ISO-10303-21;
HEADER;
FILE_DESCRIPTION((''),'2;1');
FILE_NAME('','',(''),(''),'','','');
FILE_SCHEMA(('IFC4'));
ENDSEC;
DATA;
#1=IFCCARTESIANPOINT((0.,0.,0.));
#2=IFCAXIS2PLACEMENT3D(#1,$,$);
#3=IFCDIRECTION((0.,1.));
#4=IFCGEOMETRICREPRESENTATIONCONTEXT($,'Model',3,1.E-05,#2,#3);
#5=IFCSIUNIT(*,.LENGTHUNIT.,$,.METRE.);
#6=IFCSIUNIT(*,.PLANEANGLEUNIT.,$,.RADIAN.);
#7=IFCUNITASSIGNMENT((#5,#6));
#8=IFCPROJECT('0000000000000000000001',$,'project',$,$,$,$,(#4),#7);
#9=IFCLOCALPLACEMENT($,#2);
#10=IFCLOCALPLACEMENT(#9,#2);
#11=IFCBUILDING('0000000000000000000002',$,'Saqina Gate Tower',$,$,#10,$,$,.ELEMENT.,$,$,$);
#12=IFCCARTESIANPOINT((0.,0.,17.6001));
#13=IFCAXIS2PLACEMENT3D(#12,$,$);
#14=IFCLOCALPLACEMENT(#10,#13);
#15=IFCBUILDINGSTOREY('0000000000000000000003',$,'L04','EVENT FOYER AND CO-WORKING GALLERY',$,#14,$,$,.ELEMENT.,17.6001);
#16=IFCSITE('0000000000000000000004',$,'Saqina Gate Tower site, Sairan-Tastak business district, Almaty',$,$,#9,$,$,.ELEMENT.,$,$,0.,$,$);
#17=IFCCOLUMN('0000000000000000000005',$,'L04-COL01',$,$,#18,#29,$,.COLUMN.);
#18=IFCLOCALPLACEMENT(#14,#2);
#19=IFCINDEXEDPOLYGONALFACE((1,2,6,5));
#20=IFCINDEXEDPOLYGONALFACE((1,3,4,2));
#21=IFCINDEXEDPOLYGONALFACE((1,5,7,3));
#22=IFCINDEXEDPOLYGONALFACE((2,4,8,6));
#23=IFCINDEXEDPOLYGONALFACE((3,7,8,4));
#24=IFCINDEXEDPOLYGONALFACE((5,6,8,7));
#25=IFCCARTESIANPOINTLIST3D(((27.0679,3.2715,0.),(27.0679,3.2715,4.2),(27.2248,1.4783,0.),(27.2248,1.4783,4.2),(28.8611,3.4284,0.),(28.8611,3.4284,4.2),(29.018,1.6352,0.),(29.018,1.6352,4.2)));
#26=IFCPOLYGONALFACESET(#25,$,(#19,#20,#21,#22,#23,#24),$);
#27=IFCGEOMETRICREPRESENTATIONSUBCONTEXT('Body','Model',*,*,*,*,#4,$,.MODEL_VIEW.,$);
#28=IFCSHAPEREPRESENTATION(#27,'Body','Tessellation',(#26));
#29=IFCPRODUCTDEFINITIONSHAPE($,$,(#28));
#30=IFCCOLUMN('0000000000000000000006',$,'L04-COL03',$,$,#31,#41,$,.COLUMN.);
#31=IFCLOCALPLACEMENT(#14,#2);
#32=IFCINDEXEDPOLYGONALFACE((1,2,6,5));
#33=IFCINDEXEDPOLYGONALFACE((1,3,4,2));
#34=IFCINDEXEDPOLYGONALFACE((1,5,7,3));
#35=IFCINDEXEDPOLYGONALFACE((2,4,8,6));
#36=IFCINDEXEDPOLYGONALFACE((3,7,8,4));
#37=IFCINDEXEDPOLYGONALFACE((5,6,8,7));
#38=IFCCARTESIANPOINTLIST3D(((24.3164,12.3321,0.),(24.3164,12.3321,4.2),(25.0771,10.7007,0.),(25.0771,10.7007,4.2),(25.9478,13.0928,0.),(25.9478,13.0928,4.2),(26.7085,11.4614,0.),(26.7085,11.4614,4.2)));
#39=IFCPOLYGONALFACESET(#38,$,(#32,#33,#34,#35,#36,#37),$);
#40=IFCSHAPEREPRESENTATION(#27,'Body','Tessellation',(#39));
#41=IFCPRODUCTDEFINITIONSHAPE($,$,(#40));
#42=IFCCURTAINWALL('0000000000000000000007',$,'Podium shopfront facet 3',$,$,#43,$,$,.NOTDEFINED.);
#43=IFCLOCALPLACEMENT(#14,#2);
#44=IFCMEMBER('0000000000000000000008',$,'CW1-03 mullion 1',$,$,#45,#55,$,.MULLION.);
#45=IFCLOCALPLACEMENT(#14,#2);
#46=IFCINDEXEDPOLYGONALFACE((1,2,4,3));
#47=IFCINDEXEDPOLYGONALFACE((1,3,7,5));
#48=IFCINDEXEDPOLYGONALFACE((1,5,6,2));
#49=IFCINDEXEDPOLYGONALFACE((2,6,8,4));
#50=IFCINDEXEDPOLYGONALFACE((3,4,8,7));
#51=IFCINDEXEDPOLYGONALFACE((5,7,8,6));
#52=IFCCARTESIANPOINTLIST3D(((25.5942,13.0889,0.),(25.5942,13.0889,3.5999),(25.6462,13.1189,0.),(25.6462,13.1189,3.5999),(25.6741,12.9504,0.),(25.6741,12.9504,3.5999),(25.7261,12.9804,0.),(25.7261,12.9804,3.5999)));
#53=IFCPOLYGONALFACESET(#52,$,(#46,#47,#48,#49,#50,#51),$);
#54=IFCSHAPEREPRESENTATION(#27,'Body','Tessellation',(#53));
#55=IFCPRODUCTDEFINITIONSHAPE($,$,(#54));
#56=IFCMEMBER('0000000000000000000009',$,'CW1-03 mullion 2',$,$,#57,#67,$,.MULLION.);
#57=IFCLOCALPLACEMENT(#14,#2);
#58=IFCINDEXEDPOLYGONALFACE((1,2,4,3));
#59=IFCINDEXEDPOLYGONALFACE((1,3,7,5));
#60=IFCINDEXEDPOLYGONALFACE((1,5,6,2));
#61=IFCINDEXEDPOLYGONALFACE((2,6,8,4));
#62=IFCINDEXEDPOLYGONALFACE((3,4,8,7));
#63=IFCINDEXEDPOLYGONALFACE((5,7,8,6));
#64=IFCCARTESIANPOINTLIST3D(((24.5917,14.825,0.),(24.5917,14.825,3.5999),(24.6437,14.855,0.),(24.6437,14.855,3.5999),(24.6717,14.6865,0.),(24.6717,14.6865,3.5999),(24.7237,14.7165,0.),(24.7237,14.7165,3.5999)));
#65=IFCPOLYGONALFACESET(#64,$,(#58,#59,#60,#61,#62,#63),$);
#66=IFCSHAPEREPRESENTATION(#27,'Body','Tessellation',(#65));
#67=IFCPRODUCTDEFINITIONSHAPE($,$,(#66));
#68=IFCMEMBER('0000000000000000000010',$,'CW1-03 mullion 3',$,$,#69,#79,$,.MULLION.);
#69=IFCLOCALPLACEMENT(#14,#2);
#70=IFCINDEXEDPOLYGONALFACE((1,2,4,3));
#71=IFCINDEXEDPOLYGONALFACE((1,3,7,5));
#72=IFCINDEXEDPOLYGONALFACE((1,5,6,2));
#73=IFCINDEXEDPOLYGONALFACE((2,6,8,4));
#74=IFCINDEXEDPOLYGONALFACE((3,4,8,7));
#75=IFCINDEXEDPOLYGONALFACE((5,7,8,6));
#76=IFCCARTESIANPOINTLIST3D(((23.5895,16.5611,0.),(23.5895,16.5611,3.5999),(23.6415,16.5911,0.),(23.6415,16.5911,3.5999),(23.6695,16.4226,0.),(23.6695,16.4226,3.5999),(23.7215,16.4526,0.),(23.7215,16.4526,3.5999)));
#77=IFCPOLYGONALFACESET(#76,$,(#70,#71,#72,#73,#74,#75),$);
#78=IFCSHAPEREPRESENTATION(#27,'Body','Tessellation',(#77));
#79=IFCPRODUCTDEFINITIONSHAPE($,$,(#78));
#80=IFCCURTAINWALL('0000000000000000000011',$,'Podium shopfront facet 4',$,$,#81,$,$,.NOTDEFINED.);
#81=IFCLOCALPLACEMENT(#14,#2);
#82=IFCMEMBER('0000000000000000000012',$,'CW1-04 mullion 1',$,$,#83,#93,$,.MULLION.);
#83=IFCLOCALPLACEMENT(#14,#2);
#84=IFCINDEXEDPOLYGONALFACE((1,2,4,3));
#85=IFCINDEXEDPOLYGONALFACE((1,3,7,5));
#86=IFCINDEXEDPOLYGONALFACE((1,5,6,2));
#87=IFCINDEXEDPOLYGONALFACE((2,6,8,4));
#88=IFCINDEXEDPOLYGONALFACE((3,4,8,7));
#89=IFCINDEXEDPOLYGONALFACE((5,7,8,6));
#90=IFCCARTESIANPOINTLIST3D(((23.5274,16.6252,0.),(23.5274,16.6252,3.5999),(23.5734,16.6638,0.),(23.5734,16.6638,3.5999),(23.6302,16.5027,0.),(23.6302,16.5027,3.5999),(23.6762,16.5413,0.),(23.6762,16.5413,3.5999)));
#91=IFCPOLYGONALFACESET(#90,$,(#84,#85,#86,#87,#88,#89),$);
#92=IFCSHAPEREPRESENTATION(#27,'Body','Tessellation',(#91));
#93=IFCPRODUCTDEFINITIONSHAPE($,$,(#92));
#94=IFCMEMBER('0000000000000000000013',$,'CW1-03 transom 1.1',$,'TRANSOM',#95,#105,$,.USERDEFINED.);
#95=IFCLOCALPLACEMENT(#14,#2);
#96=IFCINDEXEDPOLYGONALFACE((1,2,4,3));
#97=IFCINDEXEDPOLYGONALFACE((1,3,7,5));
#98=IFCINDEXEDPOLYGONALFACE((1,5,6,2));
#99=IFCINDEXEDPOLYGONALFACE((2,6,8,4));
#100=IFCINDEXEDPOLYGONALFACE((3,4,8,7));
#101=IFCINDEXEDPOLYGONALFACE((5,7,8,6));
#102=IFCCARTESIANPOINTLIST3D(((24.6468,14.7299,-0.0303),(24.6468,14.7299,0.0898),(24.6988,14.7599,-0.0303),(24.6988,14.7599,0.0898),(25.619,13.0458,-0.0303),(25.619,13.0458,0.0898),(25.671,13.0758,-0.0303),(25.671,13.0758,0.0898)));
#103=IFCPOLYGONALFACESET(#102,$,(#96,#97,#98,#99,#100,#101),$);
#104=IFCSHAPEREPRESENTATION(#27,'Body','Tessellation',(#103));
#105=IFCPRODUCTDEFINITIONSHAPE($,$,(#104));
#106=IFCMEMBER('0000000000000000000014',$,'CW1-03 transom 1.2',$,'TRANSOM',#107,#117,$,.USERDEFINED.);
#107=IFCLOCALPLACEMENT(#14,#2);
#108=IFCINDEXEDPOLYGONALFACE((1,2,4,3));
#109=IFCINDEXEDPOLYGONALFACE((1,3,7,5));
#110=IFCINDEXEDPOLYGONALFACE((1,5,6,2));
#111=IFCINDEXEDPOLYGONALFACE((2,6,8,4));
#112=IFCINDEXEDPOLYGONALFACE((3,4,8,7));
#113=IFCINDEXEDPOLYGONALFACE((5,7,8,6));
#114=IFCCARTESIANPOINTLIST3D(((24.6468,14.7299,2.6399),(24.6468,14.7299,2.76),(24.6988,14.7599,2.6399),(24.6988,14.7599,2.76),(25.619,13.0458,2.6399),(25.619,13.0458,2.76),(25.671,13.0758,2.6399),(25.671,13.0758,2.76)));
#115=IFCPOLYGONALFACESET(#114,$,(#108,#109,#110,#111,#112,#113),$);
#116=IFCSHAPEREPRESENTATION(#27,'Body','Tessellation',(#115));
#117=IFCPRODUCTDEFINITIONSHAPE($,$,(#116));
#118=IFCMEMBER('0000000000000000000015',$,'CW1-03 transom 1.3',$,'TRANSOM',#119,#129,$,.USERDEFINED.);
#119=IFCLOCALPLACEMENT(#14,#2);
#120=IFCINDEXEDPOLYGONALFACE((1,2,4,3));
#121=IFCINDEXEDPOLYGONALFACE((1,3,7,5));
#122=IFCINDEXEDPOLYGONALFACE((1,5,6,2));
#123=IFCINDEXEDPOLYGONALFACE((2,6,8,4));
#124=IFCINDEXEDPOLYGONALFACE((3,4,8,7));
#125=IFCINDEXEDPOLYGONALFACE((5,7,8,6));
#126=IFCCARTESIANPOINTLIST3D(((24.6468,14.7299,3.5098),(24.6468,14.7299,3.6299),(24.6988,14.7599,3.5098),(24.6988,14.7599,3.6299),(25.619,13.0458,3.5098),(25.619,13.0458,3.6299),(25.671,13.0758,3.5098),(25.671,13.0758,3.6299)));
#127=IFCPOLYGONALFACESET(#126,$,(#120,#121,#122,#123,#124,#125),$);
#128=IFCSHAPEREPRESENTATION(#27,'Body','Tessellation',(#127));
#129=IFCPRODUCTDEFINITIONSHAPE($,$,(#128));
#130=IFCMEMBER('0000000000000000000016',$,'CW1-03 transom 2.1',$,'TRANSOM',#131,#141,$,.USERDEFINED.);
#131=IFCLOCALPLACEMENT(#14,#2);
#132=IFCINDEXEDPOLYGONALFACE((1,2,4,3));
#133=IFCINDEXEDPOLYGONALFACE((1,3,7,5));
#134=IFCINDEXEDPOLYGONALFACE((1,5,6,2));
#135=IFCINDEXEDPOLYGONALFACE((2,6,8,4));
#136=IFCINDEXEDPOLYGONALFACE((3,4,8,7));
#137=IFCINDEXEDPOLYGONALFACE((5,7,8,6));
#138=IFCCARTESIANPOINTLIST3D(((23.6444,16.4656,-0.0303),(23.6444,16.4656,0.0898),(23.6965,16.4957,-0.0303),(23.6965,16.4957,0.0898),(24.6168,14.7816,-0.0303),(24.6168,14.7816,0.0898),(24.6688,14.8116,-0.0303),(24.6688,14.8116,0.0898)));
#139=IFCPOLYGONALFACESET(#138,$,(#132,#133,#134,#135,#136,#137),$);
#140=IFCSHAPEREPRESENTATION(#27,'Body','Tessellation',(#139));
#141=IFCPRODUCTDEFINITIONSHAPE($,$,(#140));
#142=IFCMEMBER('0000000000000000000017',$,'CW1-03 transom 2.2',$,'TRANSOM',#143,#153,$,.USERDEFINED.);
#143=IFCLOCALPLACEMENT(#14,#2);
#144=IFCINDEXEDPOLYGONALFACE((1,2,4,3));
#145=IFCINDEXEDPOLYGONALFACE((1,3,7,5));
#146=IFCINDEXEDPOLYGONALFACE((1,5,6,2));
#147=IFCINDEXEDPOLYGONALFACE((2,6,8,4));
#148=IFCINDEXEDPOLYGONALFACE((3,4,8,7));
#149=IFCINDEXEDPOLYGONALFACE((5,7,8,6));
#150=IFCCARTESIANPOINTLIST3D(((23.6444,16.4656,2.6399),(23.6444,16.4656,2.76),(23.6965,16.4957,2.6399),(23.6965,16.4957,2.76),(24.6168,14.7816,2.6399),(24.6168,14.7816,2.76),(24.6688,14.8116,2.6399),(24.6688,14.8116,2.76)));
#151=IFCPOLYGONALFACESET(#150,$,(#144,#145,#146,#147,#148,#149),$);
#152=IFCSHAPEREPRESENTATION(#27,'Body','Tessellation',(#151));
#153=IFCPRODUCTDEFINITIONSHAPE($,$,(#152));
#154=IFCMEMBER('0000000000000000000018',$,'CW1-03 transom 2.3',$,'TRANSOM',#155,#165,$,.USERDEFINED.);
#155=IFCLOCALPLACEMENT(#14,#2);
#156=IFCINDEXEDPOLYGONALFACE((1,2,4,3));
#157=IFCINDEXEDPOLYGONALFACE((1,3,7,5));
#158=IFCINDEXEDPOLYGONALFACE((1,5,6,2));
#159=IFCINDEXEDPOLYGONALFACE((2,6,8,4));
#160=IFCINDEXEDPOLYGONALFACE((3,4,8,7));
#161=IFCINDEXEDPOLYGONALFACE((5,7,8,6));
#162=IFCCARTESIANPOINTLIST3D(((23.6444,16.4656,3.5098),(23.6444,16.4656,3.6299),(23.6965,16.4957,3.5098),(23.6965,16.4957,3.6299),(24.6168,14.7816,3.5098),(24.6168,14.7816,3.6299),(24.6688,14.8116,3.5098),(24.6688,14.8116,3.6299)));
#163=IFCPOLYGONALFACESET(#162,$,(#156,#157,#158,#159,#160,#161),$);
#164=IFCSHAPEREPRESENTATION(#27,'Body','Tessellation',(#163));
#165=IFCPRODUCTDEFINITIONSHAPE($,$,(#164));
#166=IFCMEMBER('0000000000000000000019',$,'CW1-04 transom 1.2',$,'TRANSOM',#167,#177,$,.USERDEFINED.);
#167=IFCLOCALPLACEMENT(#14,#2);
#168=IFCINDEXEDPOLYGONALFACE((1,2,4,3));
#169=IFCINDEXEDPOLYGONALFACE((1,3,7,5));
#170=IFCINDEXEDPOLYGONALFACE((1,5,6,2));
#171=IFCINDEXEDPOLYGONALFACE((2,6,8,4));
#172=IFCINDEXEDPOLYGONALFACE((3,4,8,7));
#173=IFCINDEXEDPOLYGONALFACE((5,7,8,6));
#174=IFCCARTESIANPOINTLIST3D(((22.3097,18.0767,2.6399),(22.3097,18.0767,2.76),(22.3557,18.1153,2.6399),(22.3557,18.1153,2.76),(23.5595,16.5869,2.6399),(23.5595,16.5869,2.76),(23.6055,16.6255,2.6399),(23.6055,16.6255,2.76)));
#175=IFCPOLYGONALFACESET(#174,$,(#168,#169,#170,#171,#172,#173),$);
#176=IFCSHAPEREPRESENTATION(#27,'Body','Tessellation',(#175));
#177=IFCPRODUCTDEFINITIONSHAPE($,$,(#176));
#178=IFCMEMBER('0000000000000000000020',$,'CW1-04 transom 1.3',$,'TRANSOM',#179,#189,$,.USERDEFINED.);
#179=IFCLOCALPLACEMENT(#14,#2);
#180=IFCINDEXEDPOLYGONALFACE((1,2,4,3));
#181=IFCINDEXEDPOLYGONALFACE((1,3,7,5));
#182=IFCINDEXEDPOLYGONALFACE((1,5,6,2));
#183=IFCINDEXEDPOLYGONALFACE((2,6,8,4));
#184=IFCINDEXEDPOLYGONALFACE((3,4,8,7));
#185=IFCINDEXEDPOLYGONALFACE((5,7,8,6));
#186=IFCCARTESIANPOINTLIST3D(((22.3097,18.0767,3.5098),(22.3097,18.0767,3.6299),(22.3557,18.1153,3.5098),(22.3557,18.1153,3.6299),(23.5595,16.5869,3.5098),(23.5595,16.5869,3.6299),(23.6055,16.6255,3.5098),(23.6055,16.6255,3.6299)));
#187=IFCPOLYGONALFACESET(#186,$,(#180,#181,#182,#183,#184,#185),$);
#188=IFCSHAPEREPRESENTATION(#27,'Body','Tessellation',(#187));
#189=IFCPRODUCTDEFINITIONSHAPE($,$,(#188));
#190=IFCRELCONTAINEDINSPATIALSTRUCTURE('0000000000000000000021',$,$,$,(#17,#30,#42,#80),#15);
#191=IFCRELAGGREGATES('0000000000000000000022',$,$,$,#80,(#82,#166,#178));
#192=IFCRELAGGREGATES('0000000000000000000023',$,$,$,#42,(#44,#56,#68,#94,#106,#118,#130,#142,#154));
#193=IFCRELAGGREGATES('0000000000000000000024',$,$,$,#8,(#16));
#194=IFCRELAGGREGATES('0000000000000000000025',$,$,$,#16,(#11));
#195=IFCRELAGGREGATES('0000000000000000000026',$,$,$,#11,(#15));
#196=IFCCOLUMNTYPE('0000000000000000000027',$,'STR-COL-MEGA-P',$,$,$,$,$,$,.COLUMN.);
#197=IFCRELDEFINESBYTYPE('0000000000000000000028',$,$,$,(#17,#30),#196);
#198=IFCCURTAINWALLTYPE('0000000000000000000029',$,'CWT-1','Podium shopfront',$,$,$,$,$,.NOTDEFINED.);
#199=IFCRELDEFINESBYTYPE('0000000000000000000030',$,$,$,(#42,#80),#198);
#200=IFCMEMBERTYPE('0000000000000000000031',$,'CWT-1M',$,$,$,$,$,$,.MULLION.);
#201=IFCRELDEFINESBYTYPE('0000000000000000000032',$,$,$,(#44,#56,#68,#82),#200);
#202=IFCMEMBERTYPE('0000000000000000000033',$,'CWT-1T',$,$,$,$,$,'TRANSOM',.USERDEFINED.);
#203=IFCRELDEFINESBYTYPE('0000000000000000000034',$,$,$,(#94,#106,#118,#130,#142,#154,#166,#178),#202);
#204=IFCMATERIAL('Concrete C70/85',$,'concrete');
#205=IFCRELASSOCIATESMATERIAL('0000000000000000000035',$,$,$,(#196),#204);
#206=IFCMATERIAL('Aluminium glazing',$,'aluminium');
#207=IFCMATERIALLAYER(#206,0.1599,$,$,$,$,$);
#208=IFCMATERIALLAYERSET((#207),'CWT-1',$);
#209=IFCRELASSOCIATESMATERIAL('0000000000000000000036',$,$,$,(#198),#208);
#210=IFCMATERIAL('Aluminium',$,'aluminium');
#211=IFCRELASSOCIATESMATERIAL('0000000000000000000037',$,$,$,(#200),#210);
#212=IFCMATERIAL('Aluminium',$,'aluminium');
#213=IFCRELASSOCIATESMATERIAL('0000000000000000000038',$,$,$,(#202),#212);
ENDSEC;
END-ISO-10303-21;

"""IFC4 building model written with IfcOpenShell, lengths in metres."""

from ifc_helpers import new_model, si_unit, direction, frame, origin, origin_2d, place, context, subcontext, project, spatial, rectangle, extrude, material, layer, layer_set, material_profile, profile_set, type_object, element, aggregate, save


model = new_model("IFC4")

# Units and contexts
model_context = context("Model", 3, precision=1e-05, world=origin(), true_north=direction((0.0, 1.0)))
body_context = subcontext(model_context, "Body", "Model", "MODEL_VIEW")
ifc_project = project(units=[si_unit("LENGTHUNIT", "METRE"), si_unit("PLANEANGLEUNIT", "RADIAN")], contexts=[model_context])

# Site, building, storey
site_placement = place(None, origin())
site = spatial("IfcSite", under=ifc_project, at=site_placement, Name="Saqina Gate Tower site, Sairan-Tastak business district, Almaty", CompositionType="ELEMENT", RefElevation=0.0)
building_placement = place(site_placement, origin())
building = spatial("IfcBuilding", under=site, at=building_placement, Name="Saqina Gate Tower", CompositionType="ELEMENT")
storey_placement = place(building_placement, frame((0.0, 0.0, 17.6001)))
storey = spatial("IfcBuildingStorey", under=building, at=storey_placement, Name="L04", Description="EVENT FOYER AND CO-WORKING GALLERY", CompositionType="ELEMENT", Elevation=17.6001)

# Columns
ifc_material_1 = material(Name="Concrete C70/85", Category="concrete")
ifc_material_profile_1 = material_profile(ifc_material_1, rectangle(XDim=1.8, YDim=1.8, at=origin_2d()), Name="RC 1800x1800")
ifc_profile_set_1 = profile_set([ifc_material_profile_1], Name="Concrete C70/85")
column_type = type_object("IfcColumnType", Name="STR-COL-MEGA-P", PredefinedType="COLUMN", material=ifc_profile_set_1)
for number, where, z_axis, x_axis, name in (
    (1, (28.043, 2.4534, 0.0), (0.0, 0.0, 1.0), (0.996195, 0.087156, 0.0), "L04-COL01"),
    (2, (25.5125, 11.8967, 0.0), (0.0, 0.0, 1.0), (0.906308, 0.422618, 0.0), "L04-COL03"),
):
    element("IfcColumn", number, at=place(storey_placement, frame(where, z_axis=z_axis, x_axis=x_axis)), inside=storey, type_object=column_type, Name=name, PredefinedType="COLUMN", context=body_context, shape_type="SweptSolid", body=[
        extrude(rectangle(XDim=1.8, YDim=1.8, at=origin_2d()), origin(), (0.0, 0.0, 1.0), 4.2),
    ])

# Curtain wall, members
ifc_material_2 = material(Name="Aluminium glazing", Category="aluminium")
ifc_layer_1 = layer(ifc_material_2, 0.1599)
ifc_layer_set_1 = layer_set([ifc_layer_1], Name="CWT-1")
curtain_wall_type = type_object("IfcCurtainWallType", Name="CWT-1", Description="Podium shopfront", PredefinedType="NOTDEFINED", material=ifc_layer_set_1)
curtain_wall_1_placement = place(storey_placement, origin())
curtain_wall_1 = element("IfcCurtainWall", 3, at=curtain_wall_1_placement, inside=storey, type_object=curtain_wall_type, Name="Podium shopfront facet 3", PredefinedType="NOTDEFINED")
ifc_material_3 = material(Name="Aluminium", Category="aluminium")
ifc_material_profile_2 = material_profile(ifc_material_3, rectangle(XDim=0.0601, YDim=0.1599, at=origin_2d()), Name="Aluminium 60x160")
ifc_profile_set_2 = profile_set([ifc_material_profile_2], Name="Aluminium")
member_type_1 = type_object("IfcMemberType", Name="CWT-1M", PredefinedType="MULLION", material=ifc_profile_set_2)
member_1_placement = place(storey_placement, frame((25.6602, 13.0347, 0.0), z_axis=(0.0, 0.0, 1.0), x_axis=(-0.866017, -0.500014, 0.0)))
member_1 = element("IfcMember", 4, at=member_1_placement, type_object=member_type_1, Name="CW1-03 mullion 1", PredefinedType="MULLION", context=body_context, shape_type="SweptSolid", body=[
    extrude(rectangle(XDim=0.0601, YDim=0.1599, at=origin_2d()), origin(), (0.0, 0.0, 1.0), 3.5999),
])
member_2_placement = place(storey_placement, frame((24.6577, 14.7708, 0.0), z_axis=(0.0, 0.0, 1.0), x_axis=(-0.866017, -0.500014, 0.0)))
member_2 = element("IfcMember", 5, at=member_2_placement, type_object=member_type_1, Name="CW1-03 mullion 2", PredefinedType="MULLION", context=body_context, shape_type="SweptSolid", body=[
    extrude(rectangle(XDim=0.0601, YDim=0.1599, at=origin_2d()), origin(), (0.0, 0.0, 1.0), 3.5999),
])
member_3_placement = place(storey_placement, frame((23.6555, 16.5068, 0.0), z_axis=(0.0, 0.0, 1.0), x_axis=(-0.866017, -0.500014, 0.0)))
member_3 = element("IfcMember", 6, at=member_3_placement, type_object=member_type_1, Name="CW1-03 mullion 3", PredefinedType="MULLION", context=body_context, shape_type="SweptSolid", body=[
    extrude(rectangle(XDim=0.0601, YDim=0.1599, at=origin_2d()), origin(), (0.0, 0.0, 1.0), 3.5999),
])

# Curtain wall, member
curtain_wall_2_placement = place(storey_placement, origin())
curtain_wall_2 = element("IfcCurtainWall", 7, at=curtain_wall_2_placement, inside=storey, type_object=curtain_wall_type, Name="Podium shopfront facet 4", PredefinedType="NOTDEFINED")
member_4_placement = place(storey_placement, frame((23.6018, 16.5833, 0.0), z_axis=(0.0, 0.0, 1.0), x_axis=(-0.766051, -0.642779, 0.0)))
member_4 = element("IfcMember", 8, at=member_4_placement, type_object=member_type_1, Name="CW1-04 mullion 1", PredefinedType="MULLION", context=body_context, shape_type="SweptSolid", body=[
    extrude(rectangle(XDim=0.0601, YDim=0.1599, at=origin_2d()), origin(), (0.0, 0.0, 1.0), 3.5999),
])

# Members
ifc_material_4 = material(Name="Aluminium", Category="aluminium")
ifc_material_profile_3 = material_profile(ifc_material_4, rectangle(XDim=0.0601, YDim=0.1201, at=origin_2d()), Name="Aluminium 60x120")
ifc_profile_set_3 = profile_set([ifc_material_profile_3], Name="Aluminium")
member_type_2 = type_object("IfcMemberType", Name="CWT-1T", ElementType="TRANSOM", PredefinedType="USERDEFINED", material=ifc_profile_set_3)
member_5_placement = place(storey_placement, frame((25.645, 13.0608, 0.0298), z_axis=(-0.499947, 0.866056, 0.0), x_axis=(-0.866056, -0.499947, 0.0)))
member_5 = element("IfcMember", 9, at=member_5_placement, type_object=member_type_2, Name="CW1-03 transom 1.1", ObjectType="TRANSOM", PredefinedType="USERDEFINED", context=body_context, shape_type="SweptSolid", body=[
    extrude(rectangle(XDim=0.0601, YDim=0.1201, at=origin_2d()), origin(), (0.0, 0.0, 1.0), 1.9446),
])
member_6_placement = place(storey_placement, frame((25.645, 13.0608, 2.7), z_axis=(-0.499947, 0.866056, 0.0), x_axis=(-0.866056, -0.499947, 0.0)))
member_6 = element("IfcMember", 10, at=member_6_placement, type_object=member_type_2, Name="CW1-03 transom 1.2", ObjectType="TRANSOM", PredefinedType="USERDEFINED", context=body_context, shape_type="SweptSolid", body=[
    extrude(rectangle(XDim=0.0601, YDim=0.1201, at=origin_2d()), origin(), (0.0, 0.0, 1.0), 1.9446),
])
member_7_placement = place(storey_placement, frame((25.645, 13.0608, 3.5698), z_axis=(-0.499947, 0.866056, 0.0), x_axis=(-0.866056, -0.499947, 0.0)))
member_7 = element("IfcMember", 11, at=member_7_placement, type_object=member_type_2, Name="CW1-03 transom 1.3", ObjectType="TRANSOM", PredefinedType="USERDEFINED", context=body_context, shape_type="SweptSolid", body=[
    extrude(rectangle(XDim=0.0601, YDim=0.1201, at=origin_2d()), origin(), (0.0, 0.0, 1.0), 1.9446),
])
member_8_placement = place(storey_placement, frame((24.6428, 14.7966, 0.0298), z_axis=(-0.500041, 0.866002, 0.0), x_axis=(-0.866002, -0.500041, 0.0)))
member_8 = element("IfcMember", 12, at=member_8_placement, type_object=member_type_2, Name="CW1-03 transom 2.1", ObjectType="TRANSOM", PredefinedType="USERDEFINED", context=body_context, shape_type="SweptSolid", body=[
    extrude(rectangle(XDim=0.0601, YDim=0.1201, at=origin_2d()), origin(), (0.0, 0.0, 1.0), 1.9446),
])
member_9_placement = place(storey_placement, frame((24.6428, 14.7966, 2.7), z_axis=(-0.500041, 0.866002, 0.0), x_axis=(-0.866002, -0.500041, 0.0)))
member_9 = element("IfcMember", 13, at=member_9_placement, type_object=member_type_2, Name="CW1-03 transom 2.2", ObjectType="TRANSOM", PredefinedType="USERDEFINED", context=body_context, shape_type="SweptSolid", body=[
    extrude(rectangle(XDim=0.0601, YDim=0.1201, at=origin_2d()), origin(), (0.0, 0.0, 1.0), 1.9446),
])
member_10_placement = place(storey_placement, frame((24.6428, 14.7966, 3.5698), z_axis=(-0.500041, 0.866002, 0.0), x_axis=(-0.866002, -0.500041, 0.0)))
member_10 = element("IfcMember", 14, at=member_10_placement, type_object=member_type_2, Name="CW1-03 transom 2.3", ObjectType="TRANSOM", PredefinedType="USERDEFINED", context=body_context, shape_type="SweptSolid", body=[
    extrude(rectangle(XDim=0.0601, YDim=0.1201, at=origin_2d()), origin(), (0.0, 0.0, 1.0), 1.9446),
])
member_11_placement = place(storey_placement, frame((23.5825, 16.6062, 2.7), z_axis=(-0.6427, 0.766118, 0.0), x_axis=(-0.766118, -0.6427, 0.0)))
member_11 = element("IfcMember", 15, at=member_11_placement, type_object=member_type_2, Name="CW1-04 transom 1.2", ObjectType="TRANSOM", PredefinedType="USERDEFINED", context=body_context, shape_type="SweptSolid", body=[
    extrude(rectangle(XDim=0.0601, YDim=0.1201, at=origin_2d()), origin(), (0.0, 0.0, 1.0), 1.9446),
])
member_12_placement = place(storey_placement, frame((23.5825, 16.6062, 3.5698), z_axis=(-0.6427, 0.766118, 0.0), x_axis=(-0.766118, -0.6427, 0.0)))
member_12 = element("IfcMember", 16, at=member_12_placement, type_object=member_type_2, Name="CW1-04 transom 1.3", ObjectType="TRANSOM", PredefinedType="USERDEFINED", context=body_context, shape_type="SweptSolid", body=[
    extrude(rectangle(XDim=0.0601, YDim=0.1201, at=origin_2d()), origin(), (0.0, 0.0, 1.0), 1.9446),
])
aggregate(curtain_wall_2, [member_4, member_11, member_12])

aggregate(curtain_wall_1, [member_1, member_2, member_3, member_5, member_6, member_7, member_8, member_9, member_10])

save(model, "model.ifc")
